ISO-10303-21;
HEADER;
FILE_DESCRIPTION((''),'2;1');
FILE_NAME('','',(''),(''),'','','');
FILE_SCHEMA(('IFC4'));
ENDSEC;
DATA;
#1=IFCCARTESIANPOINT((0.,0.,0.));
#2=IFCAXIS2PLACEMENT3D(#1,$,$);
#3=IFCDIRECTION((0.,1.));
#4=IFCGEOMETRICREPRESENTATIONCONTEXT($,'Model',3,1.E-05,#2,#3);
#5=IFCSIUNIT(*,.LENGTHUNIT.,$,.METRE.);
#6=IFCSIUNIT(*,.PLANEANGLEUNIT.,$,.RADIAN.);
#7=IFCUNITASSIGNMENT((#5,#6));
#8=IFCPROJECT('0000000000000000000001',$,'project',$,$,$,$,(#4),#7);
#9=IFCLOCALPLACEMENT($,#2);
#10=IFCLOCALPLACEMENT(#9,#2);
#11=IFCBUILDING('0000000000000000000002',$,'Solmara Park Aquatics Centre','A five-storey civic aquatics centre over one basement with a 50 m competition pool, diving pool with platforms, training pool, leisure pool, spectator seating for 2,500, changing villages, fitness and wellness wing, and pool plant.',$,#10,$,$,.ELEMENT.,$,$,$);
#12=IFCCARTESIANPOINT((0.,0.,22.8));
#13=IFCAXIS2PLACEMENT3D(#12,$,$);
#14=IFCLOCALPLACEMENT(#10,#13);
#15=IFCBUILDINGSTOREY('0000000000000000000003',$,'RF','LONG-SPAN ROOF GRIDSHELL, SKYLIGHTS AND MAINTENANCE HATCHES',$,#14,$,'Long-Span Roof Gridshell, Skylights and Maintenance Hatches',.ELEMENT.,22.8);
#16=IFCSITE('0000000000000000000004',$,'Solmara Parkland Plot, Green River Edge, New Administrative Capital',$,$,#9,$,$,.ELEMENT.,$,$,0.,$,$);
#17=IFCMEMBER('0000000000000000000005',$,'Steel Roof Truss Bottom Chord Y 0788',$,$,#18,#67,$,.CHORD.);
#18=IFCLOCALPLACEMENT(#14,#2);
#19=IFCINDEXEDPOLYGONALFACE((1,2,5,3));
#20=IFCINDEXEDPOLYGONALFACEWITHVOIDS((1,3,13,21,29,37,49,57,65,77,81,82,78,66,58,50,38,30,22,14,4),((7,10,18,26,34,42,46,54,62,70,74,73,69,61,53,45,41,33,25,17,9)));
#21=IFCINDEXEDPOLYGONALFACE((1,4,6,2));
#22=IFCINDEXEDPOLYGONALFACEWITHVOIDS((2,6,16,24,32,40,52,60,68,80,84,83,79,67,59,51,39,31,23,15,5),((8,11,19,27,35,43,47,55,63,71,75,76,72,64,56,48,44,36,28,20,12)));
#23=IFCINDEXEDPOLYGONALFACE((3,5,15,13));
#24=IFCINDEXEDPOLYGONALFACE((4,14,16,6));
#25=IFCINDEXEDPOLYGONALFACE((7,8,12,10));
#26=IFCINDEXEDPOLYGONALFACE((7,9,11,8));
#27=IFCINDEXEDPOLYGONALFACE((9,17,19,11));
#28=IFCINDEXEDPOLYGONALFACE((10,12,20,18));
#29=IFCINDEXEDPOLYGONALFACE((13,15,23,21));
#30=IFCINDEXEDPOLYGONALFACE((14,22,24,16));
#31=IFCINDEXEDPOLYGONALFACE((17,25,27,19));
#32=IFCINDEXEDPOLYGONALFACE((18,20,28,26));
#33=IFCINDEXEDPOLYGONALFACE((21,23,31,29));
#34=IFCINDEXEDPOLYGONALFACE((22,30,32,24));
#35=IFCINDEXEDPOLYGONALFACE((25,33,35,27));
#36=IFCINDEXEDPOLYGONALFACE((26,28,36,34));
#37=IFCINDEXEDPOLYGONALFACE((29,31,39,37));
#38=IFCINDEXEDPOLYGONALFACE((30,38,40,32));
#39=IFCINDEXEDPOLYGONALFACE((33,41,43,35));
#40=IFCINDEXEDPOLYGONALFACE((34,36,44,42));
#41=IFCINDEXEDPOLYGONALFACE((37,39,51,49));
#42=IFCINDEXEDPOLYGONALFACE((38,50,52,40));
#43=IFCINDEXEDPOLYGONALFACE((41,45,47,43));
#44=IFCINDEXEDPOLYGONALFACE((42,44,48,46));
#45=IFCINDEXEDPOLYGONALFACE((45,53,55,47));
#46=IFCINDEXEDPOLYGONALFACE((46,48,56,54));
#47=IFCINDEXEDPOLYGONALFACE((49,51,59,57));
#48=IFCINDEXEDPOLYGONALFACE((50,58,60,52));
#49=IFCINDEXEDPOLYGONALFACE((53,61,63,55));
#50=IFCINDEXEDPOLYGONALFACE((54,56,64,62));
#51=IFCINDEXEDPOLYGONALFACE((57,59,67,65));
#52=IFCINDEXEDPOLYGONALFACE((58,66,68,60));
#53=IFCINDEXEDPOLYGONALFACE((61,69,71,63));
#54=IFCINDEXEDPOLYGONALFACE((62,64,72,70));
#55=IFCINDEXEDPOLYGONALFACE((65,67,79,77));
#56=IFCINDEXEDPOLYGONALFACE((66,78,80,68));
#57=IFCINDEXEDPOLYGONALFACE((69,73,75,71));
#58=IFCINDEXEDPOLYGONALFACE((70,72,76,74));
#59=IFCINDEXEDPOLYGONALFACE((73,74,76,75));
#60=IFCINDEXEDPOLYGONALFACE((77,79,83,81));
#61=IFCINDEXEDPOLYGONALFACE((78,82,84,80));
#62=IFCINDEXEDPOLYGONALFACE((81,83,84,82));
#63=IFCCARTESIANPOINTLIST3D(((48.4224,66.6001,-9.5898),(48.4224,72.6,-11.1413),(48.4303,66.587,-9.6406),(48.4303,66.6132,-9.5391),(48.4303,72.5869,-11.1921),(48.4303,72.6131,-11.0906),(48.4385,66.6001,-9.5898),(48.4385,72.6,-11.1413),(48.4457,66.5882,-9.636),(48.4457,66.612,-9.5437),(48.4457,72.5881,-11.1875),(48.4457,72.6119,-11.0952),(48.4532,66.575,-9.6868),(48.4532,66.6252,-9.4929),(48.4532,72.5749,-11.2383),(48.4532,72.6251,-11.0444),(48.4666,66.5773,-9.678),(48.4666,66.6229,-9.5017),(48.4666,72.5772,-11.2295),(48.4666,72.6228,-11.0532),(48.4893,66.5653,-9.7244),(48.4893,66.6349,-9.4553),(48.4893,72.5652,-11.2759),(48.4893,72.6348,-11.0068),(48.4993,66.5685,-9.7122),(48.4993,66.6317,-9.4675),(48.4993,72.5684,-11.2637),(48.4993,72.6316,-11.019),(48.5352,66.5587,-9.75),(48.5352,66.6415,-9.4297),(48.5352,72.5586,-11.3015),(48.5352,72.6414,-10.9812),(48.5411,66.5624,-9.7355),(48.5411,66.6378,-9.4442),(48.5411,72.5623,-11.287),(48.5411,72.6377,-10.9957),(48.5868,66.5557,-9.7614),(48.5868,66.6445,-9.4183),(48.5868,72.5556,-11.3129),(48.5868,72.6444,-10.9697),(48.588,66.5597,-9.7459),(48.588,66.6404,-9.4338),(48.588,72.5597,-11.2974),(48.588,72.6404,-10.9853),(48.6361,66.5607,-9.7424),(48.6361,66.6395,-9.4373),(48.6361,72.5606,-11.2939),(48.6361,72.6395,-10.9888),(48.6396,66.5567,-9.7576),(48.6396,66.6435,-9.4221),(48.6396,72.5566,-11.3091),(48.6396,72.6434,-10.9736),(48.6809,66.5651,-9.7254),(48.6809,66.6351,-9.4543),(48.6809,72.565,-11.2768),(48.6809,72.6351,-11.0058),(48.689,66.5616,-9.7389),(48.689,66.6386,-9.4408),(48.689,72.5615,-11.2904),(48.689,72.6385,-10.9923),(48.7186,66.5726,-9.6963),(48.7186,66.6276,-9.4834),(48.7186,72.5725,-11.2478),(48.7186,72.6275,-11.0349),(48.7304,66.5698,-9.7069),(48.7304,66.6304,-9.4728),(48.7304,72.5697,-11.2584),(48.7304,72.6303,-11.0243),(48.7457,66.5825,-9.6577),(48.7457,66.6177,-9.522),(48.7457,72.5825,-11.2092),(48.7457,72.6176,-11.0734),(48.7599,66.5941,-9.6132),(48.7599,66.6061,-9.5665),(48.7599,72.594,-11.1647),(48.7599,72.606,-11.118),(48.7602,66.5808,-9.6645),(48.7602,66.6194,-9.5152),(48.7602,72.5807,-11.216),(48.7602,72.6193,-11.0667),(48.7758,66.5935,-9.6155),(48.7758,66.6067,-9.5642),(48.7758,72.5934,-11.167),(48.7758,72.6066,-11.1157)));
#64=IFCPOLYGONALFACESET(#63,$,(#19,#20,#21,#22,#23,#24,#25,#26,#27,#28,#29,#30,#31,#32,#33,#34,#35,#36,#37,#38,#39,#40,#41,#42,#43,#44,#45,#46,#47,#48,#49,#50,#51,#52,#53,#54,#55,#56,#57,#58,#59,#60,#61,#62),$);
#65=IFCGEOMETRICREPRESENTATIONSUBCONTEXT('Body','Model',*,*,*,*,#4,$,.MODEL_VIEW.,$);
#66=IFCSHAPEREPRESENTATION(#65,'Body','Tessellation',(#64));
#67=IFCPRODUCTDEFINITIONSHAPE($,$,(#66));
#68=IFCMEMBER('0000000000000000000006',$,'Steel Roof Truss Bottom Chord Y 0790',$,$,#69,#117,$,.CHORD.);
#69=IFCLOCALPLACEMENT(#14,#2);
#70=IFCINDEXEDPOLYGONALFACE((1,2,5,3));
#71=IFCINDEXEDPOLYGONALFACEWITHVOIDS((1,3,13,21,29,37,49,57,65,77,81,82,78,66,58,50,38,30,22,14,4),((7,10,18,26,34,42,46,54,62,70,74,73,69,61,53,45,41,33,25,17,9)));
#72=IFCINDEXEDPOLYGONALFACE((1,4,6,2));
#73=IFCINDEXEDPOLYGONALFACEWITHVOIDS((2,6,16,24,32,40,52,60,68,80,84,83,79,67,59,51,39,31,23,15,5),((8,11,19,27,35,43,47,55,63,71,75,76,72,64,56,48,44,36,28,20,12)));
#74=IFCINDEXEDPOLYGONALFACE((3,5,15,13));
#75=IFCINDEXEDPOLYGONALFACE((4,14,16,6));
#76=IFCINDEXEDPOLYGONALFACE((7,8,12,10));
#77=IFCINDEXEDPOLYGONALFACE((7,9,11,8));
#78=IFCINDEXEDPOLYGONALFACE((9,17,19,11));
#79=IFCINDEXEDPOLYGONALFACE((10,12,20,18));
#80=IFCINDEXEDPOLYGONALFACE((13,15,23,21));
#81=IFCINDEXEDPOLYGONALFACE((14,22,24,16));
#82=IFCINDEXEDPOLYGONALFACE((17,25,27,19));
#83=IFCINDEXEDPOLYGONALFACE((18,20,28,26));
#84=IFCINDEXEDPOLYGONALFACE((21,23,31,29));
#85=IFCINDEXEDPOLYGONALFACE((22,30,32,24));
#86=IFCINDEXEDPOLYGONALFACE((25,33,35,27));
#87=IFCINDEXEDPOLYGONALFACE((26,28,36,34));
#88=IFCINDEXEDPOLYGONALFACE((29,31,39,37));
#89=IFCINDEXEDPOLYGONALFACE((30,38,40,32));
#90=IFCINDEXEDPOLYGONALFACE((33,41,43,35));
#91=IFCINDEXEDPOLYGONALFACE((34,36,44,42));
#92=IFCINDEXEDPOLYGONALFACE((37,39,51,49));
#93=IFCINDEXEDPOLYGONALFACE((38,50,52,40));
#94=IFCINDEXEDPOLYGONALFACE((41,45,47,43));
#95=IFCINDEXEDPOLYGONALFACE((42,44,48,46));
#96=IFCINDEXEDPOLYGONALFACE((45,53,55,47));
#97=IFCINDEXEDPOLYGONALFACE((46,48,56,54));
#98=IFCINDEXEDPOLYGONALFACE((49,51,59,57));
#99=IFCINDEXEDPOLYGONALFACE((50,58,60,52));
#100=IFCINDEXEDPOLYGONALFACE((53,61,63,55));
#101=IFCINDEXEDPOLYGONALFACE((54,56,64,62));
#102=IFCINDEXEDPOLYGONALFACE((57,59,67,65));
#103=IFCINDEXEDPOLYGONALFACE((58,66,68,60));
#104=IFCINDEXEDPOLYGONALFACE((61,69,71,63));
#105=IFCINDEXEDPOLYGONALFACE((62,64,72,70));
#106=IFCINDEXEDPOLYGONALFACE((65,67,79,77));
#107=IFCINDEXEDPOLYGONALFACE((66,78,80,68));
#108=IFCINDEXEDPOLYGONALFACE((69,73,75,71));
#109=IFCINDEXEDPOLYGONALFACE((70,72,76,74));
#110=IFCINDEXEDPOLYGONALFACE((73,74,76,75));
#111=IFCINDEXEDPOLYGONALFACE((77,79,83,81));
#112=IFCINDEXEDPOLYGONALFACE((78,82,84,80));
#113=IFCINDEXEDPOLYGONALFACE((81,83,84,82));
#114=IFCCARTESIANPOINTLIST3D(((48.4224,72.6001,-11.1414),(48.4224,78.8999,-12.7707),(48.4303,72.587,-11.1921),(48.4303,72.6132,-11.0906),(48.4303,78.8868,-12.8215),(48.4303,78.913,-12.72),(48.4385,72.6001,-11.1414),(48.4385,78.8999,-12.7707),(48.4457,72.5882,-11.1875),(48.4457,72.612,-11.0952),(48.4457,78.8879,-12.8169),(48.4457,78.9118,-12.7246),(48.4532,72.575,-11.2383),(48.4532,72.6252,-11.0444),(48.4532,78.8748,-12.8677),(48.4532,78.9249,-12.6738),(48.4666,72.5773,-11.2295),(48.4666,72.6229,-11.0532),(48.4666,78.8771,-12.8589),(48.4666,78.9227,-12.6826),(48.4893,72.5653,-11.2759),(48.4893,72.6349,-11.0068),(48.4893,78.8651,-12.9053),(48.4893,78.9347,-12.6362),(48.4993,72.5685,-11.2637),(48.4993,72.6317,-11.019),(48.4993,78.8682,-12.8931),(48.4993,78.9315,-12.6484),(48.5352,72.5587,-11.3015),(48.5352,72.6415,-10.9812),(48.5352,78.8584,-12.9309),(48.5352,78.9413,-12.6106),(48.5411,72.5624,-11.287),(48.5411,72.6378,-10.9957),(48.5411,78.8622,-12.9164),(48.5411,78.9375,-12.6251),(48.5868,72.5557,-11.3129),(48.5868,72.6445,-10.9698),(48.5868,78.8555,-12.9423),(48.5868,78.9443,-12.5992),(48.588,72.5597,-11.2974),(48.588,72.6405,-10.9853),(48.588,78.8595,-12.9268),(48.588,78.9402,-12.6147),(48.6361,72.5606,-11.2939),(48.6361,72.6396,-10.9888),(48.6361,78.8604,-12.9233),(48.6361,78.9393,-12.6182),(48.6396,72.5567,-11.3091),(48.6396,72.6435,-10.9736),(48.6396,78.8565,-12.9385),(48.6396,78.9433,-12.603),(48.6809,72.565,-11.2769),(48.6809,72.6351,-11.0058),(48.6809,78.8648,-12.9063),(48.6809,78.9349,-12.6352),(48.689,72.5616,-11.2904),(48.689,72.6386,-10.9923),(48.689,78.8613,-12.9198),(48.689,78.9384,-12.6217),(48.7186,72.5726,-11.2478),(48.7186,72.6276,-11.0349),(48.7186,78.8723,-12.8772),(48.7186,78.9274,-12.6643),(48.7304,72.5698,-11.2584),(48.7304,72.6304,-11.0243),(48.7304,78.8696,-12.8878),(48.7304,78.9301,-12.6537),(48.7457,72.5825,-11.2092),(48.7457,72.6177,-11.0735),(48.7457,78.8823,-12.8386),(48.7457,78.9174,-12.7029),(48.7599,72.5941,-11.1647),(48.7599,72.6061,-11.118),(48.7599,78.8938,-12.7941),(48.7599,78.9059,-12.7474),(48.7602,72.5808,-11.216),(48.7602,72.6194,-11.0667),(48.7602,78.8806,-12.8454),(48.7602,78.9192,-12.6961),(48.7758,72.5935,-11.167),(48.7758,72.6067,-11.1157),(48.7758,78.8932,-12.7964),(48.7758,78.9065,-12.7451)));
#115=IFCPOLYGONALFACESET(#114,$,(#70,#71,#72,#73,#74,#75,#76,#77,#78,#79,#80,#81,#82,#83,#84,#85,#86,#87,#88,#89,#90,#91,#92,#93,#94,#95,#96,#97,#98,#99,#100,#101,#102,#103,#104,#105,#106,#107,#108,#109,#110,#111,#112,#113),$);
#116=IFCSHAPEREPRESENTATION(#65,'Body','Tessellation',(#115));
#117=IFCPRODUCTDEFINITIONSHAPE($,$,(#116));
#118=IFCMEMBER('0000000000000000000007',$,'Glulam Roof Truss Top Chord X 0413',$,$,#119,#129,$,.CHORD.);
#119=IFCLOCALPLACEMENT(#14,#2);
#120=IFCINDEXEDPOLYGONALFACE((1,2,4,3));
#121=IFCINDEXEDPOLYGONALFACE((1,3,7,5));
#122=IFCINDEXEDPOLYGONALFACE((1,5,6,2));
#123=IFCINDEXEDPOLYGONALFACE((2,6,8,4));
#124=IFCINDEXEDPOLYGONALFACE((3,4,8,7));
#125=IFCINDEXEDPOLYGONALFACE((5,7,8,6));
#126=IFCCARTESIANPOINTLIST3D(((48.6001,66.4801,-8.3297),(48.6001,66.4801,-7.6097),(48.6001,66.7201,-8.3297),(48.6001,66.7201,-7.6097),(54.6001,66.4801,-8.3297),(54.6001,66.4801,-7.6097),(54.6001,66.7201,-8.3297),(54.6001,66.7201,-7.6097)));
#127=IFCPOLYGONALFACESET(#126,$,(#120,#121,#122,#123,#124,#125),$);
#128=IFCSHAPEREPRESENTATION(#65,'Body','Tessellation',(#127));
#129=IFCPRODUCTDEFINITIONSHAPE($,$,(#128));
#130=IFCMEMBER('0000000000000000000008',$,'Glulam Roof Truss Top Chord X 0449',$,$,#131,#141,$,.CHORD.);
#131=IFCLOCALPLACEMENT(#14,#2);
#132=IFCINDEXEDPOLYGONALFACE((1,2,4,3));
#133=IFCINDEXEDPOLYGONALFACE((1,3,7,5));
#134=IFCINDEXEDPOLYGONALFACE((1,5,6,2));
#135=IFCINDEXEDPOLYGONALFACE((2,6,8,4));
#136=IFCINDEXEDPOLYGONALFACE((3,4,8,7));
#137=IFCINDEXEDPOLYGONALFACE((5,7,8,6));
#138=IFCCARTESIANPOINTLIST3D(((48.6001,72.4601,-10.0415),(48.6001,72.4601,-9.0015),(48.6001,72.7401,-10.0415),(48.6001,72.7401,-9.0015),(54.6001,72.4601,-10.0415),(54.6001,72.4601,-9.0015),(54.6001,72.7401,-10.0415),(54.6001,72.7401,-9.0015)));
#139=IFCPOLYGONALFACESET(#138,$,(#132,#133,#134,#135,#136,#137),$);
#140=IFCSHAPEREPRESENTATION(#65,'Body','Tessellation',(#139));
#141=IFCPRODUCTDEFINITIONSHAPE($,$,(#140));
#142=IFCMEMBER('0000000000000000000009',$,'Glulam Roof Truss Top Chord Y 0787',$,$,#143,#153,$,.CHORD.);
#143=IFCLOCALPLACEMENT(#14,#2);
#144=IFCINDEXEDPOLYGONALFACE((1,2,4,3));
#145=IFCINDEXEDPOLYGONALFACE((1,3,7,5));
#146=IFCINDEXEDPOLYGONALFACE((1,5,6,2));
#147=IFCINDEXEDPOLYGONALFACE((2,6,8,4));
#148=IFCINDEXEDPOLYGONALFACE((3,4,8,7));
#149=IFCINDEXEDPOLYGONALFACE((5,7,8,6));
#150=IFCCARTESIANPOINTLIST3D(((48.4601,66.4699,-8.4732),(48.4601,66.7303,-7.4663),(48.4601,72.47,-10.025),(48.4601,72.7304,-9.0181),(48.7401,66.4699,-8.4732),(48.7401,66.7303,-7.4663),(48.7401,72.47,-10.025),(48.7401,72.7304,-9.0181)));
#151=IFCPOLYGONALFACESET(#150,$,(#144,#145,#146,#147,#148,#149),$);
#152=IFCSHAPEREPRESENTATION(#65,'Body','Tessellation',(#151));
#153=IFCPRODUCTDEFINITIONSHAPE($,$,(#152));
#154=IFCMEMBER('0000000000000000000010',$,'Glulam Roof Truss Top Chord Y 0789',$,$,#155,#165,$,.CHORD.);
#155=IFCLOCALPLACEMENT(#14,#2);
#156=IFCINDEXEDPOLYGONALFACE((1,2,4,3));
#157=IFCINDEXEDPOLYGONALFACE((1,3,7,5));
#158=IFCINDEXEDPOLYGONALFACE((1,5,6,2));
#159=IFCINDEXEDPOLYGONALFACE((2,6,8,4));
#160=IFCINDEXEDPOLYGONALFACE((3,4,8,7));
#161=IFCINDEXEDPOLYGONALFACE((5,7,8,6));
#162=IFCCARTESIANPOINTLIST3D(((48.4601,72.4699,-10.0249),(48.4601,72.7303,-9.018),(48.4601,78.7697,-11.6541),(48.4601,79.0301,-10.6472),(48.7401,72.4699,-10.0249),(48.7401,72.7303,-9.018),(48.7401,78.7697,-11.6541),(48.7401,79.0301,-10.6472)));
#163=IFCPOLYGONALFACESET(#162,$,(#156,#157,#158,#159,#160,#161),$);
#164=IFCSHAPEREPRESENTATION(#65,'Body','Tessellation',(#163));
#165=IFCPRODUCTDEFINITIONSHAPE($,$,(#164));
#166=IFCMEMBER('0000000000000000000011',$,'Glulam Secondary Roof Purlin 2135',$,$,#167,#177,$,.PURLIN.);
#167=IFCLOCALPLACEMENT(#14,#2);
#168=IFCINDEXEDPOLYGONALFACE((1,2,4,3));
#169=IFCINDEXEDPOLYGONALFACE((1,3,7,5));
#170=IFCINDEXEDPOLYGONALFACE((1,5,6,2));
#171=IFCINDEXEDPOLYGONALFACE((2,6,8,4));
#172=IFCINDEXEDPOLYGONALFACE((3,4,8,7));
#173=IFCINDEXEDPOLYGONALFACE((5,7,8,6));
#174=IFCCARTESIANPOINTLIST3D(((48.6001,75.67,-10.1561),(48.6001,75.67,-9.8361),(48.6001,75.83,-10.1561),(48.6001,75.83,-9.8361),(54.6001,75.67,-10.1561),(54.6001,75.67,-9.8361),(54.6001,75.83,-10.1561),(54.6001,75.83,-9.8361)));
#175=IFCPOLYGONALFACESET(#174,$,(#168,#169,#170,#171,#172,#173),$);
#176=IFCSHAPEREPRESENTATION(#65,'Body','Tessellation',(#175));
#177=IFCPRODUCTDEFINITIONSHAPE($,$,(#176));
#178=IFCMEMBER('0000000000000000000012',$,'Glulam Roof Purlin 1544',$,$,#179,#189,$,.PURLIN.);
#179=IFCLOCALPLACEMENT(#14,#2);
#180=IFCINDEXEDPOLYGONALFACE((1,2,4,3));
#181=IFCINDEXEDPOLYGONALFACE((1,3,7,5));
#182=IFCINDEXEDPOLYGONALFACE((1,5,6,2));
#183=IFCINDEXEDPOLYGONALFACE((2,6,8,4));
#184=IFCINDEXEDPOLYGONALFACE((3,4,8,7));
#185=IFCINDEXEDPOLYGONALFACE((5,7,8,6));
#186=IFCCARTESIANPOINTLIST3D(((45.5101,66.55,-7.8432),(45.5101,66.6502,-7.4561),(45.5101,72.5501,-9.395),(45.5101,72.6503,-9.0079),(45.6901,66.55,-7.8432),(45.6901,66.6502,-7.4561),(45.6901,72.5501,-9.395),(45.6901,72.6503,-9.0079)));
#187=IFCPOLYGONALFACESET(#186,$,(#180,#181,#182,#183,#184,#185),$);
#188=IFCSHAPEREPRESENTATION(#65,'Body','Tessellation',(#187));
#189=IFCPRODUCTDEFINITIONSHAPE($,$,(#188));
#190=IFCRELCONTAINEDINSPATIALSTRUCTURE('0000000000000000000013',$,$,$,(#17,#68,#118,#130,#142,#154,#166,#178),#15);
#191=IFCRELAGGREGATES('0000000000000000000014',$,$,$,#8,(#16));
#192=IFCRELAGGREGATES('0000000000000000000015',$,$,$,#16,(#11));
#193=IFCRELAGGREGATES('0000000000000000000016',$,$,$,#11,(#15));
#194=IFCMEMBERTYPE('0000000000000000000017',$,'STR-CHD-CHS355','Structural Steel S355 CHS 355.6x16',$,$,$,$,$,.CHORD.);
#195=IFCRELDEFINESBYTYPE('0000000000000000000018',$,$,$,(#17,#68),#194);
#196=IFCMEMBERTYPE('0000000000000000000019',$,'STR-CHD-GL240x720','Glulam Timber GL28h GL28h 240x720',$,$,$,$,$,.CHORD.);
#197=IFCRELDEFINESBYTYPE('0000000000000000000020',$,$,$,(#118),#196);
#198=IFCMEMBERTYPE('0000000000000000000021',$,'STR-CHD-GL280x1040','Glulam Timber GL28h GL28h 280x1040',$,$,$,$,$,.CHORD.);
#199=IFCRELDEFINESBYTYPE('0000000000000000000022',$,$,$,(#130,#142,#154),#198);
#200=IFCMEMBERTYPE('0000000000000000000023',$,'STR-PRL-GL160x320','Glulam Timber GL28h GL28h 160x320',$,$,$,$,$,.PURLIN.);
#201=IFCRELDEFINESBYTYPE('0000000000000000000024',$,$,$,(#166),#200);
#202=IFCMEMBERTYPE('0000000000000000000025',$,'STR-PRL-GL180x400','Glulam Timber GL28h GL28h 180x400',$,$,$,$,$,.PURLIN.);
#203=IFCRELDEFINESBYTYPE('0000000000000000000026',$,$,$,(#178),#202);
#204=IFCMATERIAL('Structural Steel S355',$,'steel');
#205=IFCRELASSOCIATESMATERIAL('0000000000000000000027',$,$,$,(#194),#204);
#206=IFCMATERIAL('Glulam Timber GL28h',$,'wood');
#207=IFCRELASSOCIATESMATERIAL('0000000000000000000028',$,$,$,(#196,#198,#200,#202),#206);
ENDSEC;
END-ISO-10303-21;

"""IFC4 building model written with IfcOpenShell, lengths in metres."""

from ifc_helpers import new_model, si_unit, direction, frame, origin, origin_2d, place, context, subcontext, project, spatial, rectangle, hollow_circle, extrude, material, material_profile, profile_set, type_object, element, save


model = new_model("IFC4")

# Units and contexts
model_context = context("Model", 3, precision=1e-05, world=origin(), true_north=direction((0.0, 1.0)))
body_context = subcontext(model_context, "Body", "Model", "MODEL_VIEW")
ifc_project = project(units=[si_unit("LENGTHUNIT", "METRE"), si_unit("PLANEANGLEUNIT", "RADIAN")], contexts=[model_context])

# Site, building, storey
site_placement = place(None, origin())
site = spatial("IfcSite", under=ifc_project, at=site_placement, Name="Solmara Parkland Plot, Green River Edge, New Administrative Capital", CompositionType="ELEMENT", RefElevation=0.0)
building_placement = place(site_placement, origin())
building = spatial("IfcBuilding", under=site, at=building_placement, Name="Solmara Park Aquatics Centre", Description="A five-storey civic aquatics centre over one basement with a 50 m competition pool, diving pool with platforms, training pool, leisure pool, spectator seating for 2,500, changing villages, fitness and wellness wing, and pool plant.", CompositionType="ELEMENT")
storey_placement = place(building_placement, frame((0.0, 0.0, 22.8)))
storey = spatial("IfcBuildingStorey", under=building, at=storey_placement, Name="RF", Description="LONG-SPAN ROOF GRIDSHELL, SKYLIGHTS AND MAINTENANCE HATCHES", LongName="Long-Span Roof Gridshell, Skylights and Maintenance Hatches", CompositionType="ELEMENT", Elevation=22.8)

# Members
ifc_material_1 = material(Name="Structural Steel S355", Category="steel")
ifc_material_profile_1 = material_profile(ifc_material_1, hollow_circle(Radius=0.1777, WallThickness=0.0161, at=origin_2d()), Name="CHS 355.6x16")
ifc_profile_set_1 = profile_set([ifc_material_profile_1], Name="Structural Steel S355")
member_type_1 = type_object("IfcMemberType", Name="STR-CHD-CHS355", Description="Structural Steel S355 CHS 355.6x16", PredefinedType="CHORD", material=ifc_profile_set_1)
member_1_placement = place(storey_placement, frame((48.6001, 66.6001, -9.5898), z_axis=(0.0, 0.968155, -0.250351), x_axis=(-1.0, 0.0, 0.0)))
element("IfcMember", 1, at=member_1_placement, inside=storey, type_object=member_type_1, Name="Steel Roof Truss Bottom Chord Y 0788", PredefinedType="CHORD", context=body_context, shape_type="SweptSolid", body=[
    extrude(hollow_circle(Radius=0.1777, WallThickness=0.0161, at=origin_2d()), origin(), (0.0, 0.0, 1.0), 6.1973),
])
member_2_placement = place(storey_placement, frame((48.6001, 72.6001, -11.1414), z_axis=(0.0, 0.968142, -0.250402), x_axis=(-1.0, 0.0, 0.0)))
element("IfcMember", 2, at=member_2_placement, inside=storey, type_object=member_type_1, Name="Steel Roof Truss Bottom Chord Y 0790", PredefinedType="CHORD", context=body_context, shape_type="SweptSolid", body=[
    extrude(hollow_circle(Radius=0.1777, WallThickness=0.0161, at=origin_2d()), origin(), (0.0, 0.0, 1.0), 6.5071),
])
ifc_material_2 = material(Name="Glulam Timber GL28h", Category="wood")
ifc_material_profile_2 = material_profile(ifc_material_2, rectangle(XDim=0.24, YDim=0.72, at=origin_2d()), Name="GL28h 240x720")
ifc_profile_set_2 = profile_set([ifc_material_profile_2], Name="Glulam Timber GL28h")
member_type_2 = type_object("IfcMemberType", Name="STR-CHD-GL240x720", Description="Glulam Timber GL28h GL28h 240x720", PredefinedType="CHORD", material=ifc_profile_set_2)
member_3_placement = place(storey_placement, frame((48.6001, 66.6001, -7.9697), z_axis=(1.0, 0.0, 0.0), x_axis=(0.0, 1.0, 0.0)))
element("IfcMember", 3, at=member_3_placement, inside=storey, type_object=member_type_2, Name="Glulam Roof Truss Top Chord X 0413", PredefinedType="CHORD", context=body_context, shape_type="SweptSolid", body=[
    extrude(rectangle(XDim=0.24, YDim=0.72, at=origin_2d()), origin(), (0.0, 0.0, 1.0), 6.0),
])
ifc_material_profile_3 = material_profile(ifc_material_2, rectangle(XDim=0.28, YDim=1.04, at=origin_2d()), Name="GL28h 280x1040")
ifc_profile_set_3 = profile_set([ifc_material_profile_3], Name="Glulam Timber GL28h")
member_type_3 = type_object("IfcMemberType", Name="STR-CHD-GL280x1040", Description="Glulam Timber GL28h GL28h 280x1040", PredefinedType="CHORD", material=ifc_profile_set_3)
member_4_placement = place(storey_placement, frame((48.6001, 72.6001, -9.5215), z_axis=(1.0, 0.0, 0.0), x_axis=(0.0, 1.0, 0.0)))
element("IfcMember", 4, at=member_4_placement, inside=storey, type_object=member_type_3, Name="Glulam Roof Truss Top Chord X 0449", PredefinedType="CHORD", context=body_context, shape_type="SweptSolid", body=[
    extrude(rectangle(XDim=0.28, YDim=1.04, at=origin_2d()), origin(), (0.0, 0.0, 1.0), 6.0),
])
member_5_placement = place(storey_placement, frame((48.6001, 66.6001, -7.9697), z_axis=(0.0, 0.968146, -0.250388), x_axis=(-1.0, 0.0, 0.0)))
element("IfcMember", 5, at=member_5_placement, inside=storey, type_object=member_type_3, Name="Glulam Roof Truss Top Chord Y 0787", PredefinedType="CHORD", context=body_context, shape_type="SweptSolid", body=[
    extrude(rectangle(XDim=0.28, YDim=1.04, at=origin_2d()), origin(), (0.0, 0.0, 1.0), 6.1975),
])
member_6_placement = place(storey_placement, frame((48.6001, 72.6001, -9.5215), z_axis=(0.0, 0.968151, -0.250367), x_axis=(-1.0, 0.0, 0.0)))
element("IfcMember", 6, at=member_6_placement, inside=storey, type_object=member_type_3, Name="Glulam Roof Truss Top Chord Y 0789", PredefinedType="CHORD", context=body_context, shape_type="SweptSolid", body=[
    extrude(rectangle(XDim=0.28, YDim=1.04, at=origin_2d()), origin(), (0.0, 0.0, 1.0), 6.5071),
])
ifc_material_profile_4 = material_profile(ifc_material_2, rectangle(XDim=0.1599, YDim=0.3201, at=origin_2d()), Name="GL28h 160x320")
ifc_profile_set_4 = profile_set([ifc_material_profile_4], Name="Glulam Timber GL28h")
member_type_4 = type_object("IfcMemberType", Name="STR-PRL-GL160x320", Description="Glulam Timber GL28h GL28h 160x320", PredefinedType="PURLIN", material=ifc_profile_set_4)
member_7_placement = place(storey_placement, frame((48.6001, 75.75, -9.9961), z_axis=(1.0, 0.0, 0.0), x_axis=(0.0, 1.0, 0.0)))
element("IfcMember", 7, at=member_7_placement, inside=storey, type_object=member_type_4, Name="Glulam Secondary Roof Purlin 2135", PredefinedType="PURLIN", context=body_context, shape_type="SweptSolid", body=[
    extrude(rectangle(XDim=0.1599, YDim=0.3201, at=origin_2d()), origin(), (0.0, 0.0, 1.0), 6.0),
])
ifc_material_profile_5 = material_profile(ifc_material_2, rectangle(XDim=0.1799, YDim=0.3999, at=origin_2d()), Name="GL28h 180x400")
ifc_profile_set_5 = profile_set([ifc_material_profile_5], Name="Glulam Timber GL28h")
member_type_5 = type_object("IfcMemberType", Name="STR-PRL-GL180x400", Description="Glulam Timber GL28h GL28h 180x400", PredefinedType="PURLIN", material=ifc_profile_set_5)
member_8_placement = place(storey_placement, frame((45.6001, 66.6001, -7.6497), z_axis=(0.0, 0.968146, -0.250388), x_axis=(-1.0, 0.0, 0.0)))
element("IfcMember", 8, at=member_8_placement, inside=storey, type_object=member_type_5, Name="Glulam Roof Purlin 1544", PredefinedType="PURLIN", context=body_context, shape_type="SweptSolid", body=[
    extrude(rectangle(XDim=0.1799, YDim=0.3999, at=origin_2d()), origin(), (0.0, 0.0, 1.0), 6.1975),
])

save(model, "model.ifc")
